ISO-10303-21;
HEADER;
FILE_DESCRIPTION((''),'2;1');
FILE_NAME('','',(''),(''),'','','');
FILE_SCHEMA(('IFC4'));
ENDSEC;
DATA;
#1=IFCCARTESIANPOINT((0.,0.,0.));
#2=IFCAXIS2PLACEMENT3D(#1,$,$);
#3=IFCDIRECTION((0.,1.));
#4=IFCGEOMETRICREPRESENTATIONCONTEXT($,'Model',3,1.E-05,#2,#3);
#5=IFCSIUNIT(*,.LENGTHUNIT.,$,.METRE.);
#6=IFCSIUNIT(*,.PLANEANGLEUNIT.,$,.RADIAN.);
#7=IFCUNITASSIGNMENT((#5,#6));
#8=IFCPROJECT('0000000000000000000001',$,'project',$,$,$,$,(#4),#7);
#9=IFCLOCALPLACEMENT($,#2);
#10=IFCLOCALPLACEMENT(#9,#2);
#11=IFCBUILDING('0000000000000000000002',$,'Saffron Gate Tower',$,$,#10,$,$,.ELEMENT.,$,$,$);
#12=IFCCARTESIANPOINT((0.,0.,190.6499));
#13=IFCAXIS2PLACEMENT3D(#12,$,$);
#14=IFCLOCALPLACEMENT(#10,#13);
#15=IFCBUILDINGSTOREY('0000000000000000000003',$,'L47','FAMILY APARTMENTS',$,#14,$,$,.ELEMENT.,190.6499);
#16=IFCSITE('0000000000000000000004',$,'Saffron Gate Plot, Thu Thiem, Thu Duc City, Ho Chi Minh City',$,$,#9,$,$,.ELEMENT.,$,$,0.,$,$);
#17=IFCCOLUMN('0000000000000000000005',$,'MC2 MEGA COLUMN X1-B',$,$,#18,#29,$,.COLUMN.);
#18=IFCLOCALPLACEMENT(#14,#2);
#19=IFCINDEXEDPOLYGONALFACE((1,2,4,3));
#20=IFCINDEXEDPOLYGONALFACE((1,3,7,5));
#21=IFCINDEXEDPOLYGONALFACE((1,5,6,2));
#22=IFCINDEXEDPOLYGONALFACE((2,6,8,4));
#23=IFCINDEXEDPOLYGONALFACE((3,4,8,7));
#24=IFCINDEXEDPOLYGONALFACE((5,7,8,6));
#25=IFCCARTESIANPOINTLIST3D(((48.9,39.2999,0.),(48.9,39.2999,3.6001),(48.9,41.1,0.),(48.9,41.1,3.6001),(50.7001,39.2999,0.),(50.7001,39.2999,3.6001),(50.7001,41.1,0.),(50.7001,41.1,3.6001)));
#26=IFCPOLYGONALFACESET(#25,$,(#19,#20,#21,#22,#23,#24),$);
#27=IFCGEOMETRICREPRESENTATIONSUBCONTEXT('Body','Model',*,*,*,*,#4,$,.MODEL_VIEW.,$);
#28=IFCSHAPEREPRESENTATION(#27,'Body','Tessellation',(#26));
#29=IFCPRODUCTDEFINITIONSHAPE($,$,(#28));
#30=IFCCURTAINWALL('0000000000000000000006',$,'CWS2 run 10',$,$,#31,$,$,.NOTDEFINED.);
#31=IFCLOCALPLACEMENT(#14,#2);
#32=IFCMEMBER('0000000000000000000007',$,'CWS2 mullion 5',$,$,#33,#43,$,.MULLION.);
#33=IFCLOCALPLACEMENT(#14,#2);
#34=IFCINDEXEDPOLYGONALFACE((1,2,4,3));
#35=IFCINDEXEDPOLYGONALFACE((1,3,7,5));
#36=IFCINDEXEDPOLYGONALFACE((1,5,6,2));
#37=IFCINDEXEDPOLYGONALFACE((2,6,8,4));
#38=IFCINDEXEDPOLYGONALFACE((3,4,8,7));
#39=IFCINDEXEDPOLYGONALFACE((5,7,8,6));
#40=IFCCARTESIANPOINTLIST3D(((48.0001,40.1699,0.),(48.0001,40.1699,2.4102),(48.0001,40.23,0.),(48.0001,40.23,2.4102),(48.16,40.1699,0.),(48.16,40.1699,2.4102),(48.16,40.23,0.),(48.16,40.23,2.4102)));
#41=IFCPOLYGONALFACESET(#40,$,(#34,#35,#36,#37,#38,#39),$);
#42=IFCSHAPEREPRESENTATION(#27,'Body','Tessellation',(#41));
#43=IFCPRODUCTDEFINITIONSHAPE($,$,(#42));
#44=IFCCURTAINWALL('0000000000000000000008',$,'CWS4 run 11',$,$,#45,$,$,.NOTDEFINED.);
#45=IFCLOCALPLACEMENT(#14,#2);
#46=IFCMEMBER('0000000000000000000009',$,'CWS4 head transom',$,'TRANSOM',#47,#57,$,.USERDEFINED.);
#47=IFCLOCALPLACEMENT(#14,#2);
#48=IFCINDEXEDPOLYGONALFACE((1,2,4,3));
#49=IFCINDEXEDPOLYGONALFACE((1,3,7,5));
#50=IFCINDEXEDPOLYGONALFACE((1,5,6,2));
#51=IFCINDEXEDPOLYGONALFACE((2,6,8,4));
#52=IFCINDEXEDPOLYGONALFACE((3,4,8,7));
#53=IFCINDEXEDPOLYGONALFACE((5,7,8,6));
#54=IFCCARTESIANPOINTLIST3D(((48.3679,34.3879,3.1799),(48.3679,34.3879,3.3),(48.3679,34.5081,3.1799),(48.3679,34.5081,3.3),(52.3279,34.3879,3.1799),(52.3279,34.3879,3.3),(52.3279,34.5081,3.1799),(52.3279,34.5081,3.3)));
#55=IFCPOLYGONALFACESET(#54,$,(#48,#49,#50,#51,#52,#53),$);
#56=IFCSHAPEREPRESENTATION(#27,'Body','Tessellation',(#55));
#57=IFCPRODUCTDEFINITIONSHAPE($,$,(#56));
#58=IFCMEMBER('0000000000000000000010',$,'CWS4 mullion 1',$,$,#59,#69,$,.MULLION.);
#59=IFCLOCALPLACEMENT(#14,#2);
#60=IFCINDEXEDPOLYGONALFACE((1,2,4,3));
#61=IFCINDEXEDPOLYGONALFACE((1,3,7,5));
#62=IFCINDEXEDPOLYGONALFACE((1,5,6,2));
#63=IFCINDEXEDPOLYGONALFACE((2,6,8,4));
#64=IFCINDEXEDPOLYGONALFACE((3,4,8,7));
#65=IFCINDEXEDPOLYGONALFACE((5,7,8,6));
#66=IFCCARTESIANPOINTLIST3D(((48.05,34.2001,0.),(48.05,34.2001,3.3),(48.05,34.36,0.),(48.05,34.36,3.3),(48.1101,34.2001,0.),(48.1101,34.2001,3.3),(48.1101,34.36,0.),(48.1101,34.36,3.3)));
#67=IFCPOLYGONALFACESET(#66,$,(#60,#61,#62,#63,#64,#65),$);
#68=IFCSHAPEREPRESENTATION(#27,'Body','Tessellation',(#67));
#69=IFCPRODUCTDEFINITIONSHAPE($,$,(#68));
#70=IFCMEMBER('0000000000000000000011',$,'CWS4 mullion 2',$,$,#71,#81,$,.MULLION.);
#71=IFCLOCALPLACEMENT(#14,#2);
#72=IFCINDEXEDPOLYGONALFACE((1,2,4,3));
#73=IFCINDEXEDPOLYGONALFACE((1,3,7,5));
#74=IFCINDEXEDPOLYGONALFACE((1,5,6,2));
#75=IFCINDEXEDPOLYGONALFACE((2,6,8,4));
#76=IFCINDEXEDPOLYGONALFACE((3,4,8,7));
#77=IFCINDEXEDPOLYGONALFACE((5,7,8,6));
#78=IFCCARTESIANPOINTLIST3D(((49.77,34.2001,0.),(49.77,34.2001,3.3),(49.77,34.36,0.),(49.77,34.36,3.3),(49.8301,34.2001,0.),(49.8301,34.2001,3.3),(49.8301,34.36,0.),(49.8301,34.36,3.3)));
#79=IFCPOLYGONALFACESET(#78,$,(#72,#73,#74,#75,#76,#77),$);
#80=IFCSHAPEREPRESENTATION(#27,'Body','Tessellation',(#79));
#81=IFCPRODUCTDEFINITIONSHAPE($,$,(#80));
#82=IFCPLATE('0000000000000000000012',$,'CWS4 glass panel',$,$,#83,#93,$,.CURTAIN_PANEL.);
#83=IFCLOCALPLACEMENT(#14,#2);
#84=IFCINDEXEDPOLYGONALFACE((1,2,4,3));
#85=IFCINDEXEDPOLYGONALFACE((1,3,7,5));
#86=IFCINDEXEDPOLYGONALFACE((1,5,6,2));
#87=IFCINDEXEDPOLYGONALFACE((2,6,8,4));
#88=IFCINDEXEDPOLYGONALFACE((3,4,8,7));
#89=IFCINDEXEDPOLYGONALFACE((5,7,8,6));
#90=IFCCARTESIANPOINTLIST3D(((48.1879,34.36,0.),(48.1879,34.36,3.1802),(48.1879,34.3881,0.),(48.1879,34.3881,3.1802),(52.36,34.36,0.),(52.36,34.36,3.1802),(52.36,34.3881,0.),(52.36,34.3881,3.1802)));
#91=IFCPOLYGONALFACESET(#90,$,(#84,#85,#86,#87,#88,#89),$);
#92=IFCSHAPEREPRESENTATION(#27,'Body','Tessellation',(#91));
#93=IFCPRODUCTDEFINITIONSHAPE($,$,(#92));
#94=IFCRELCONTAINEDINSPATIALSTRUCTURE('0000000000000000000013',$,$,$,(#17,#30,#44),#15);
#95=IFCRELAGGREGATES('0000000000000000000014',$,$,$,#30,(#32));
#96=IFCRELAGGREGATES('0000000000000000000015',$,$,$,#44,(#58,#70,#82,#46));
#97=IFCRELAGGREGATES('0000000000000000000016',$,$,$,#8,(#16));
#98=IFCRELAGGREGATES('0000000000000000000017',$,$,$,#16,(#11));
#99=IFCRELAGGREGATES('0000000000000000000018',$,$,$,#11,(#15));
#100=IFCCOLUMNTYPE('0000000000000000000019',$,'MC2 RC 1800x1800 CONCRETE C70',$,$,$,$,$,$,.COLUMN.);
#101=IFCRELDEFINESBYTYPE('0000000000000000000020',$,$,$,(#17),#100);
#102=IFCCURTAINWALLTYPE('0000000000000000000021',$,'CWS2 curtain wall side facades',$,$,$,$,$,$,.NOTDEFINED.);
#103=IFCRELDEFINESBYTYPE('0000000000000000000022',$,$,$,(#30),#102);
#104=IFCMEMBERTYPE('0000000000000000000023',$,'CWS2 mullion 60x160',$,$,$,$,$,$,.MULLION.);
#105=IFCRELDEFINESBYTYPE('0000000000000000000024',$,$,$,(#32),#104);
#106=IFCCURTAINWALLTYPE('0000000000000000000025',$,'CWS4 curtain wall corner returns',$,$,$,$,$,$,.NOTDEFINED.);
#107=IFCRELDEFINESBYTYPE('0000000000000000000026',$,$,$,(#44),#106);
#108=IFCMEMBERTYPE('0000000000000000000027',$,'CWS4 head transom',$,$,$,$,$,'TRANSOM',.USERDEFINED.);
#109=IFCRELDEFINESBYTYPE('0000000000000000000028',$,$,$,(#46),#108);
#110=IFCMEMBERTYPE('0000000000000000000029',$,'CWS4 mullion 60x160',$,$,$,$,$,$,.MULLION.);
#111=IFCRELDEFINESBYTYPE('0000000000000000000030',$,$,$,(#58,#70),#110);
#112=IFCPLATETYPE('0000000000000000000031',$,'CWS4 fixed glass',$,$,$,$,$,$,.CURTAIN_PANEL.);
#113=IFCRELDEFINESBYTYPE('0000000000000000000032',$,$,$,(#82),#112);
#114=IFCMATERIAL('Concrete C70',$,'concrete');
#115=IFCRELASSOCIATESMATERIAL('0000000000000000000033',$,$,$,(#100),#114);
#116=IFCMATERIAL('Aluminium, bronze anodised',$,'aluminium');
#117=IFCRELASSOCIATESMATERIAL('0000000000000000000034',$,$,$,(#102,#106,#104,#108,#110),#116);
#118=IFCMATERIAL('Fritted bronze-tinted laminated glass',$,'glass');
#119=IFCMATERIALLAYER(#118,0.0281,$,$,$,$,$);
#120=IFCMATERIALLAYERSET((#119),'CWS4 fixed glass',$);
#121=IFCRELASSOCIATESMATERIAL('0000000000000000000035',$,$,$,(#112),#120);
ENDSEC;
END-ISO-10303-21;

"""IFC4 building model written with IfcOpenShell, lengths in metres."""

from ifc_helpers import new_model, si_unit, direction, frame, frame_2d, origin, origin_2d, place, context, subcontext, project, spatial, rectangle, extrude, material, layer, layer_set, material_profile, profile_set, type_object, element, aggregate, save


model = new_model("IFC4")

# Units and contexts
model_context = context("Model", 3, precision=1e-05, world=origin(), true_north=direction((0.0, 1.0)))
body_context = subcontext(model_context, "Body", "Model", "MODEL_VIEW")
ifc_project = project(units=[si_unit("LENGTHUNIT", "METRE"), si_unit("PLANEANGLEUNIT", "RADIAN")], contexts=[model_context])

# Site, building, storey
site_placement = place(None, origin())
site = spatial("IfcSite", under=ifc_project, at=site_placement, Name="Saffron Gate Plot, Thu Thiem, Thu Duc City, Ho Chi Minh City", CompositionType="ELEMENT", RefElevation=0.0)
building_placement = place(site_placement, origin())
building = spatial("IfcBuilding", under=site, at=building_placement, Name="Saffron Gate Tower", CompositionType="ELEMENT")
storey_placement = place(building_placement, frame((0.0, 0.0, 190.6499)))
storey = spatial("IfcBuildingStorey", under=building, at=storey_placement, Name="L47", Description="FAMILY APARTMENTS", CompositionType="ELEMENT", Elevation=190.6499)

# Column
ifc_material_1 = material(Name="Concrete C70", Category="concrete")
ifc_material_profile_1 = material_profile(ifc_material_1, rectangle(XDim=1.8, YDim=1.8, at=origin_2d()))
ifc_profile_set_1 = profile_set([ifc_material_profile_1], Name="Concrete C70")
column_type = type_object("IfcColumnType", Name="MC2 RC 1800x1800 CONCRETE C70", PredefinedType="COLUMN", material=ifc_profile_set_1)
column_placement = place(storey_placement, frame((49.8, 40.2, 0.0), z_axis=(0.0, 0.0, 1.0), x_axis=(1.0, 0.0, 0.0)))
element("IfcColumn", 1, at=column_placement, inside=storey, type_object=column_type, Name="MC2 MEGA COLUMN X1-B", PredefinedType="COLUMN", context=body_context, shape_type="SweptSolid", body=[
    extrude(rectangle(XDim=1.8, YDim=1.8, at=origin_2d()), origin(), (0.0, 0.0, 1.0), 3.6001),
])

# Curtain wall, member
ifc_material_2 = material(Name="Aluminium, bronze anodised", Category="aluminium")
curtain_wall_type_1 = type_object("IfcCurtainWallType", Name="CWS2 curtain wall side facades", PredefinedType="NOTDEFINED", material=ifc_material_2)
curtain_wall_1_placement = place(storey_placement, origin())
curtain_wall_1 = element("IfcCurtainWall", 2, at=curtain_wall_1_placement, inside=storey, type_object=curtain_wall_type_1, Name="CWS2 run 10", PredefinedType="NOTDEFINED")
ifc_material_profile_2 = material_profile(ifc_material_2, rectangle(XDim=0.1599, YDim=0.0601, at=origin_2d()))
ifc_profile_set_2 = profile_set([ifc_material_profile_2], Name="Aluminium, bronze anodised")
member_type_1 = type_object("IfcMemberType", Name="CWS2 mullion 60x160", PredefinedType="MULLION", material=ifc_profile_set_2)
member_1_placement = place(storey_placement, frame((48.0801, 40.2, 0.0), z_axis=(0.0, 0.0, 1.0), x_axis=(1.0, 0.0, 0.0)))
member_1 = element("IfcMember", 3, at=member_1_placement, type_object=member_type_1, Name="CWS2 mullion 5", PredefinedType="MULLION", context=body_context, shape_type="SweptSolid", body=[
    extrude(rectangle(XDim=0.1599, YDim=0.0601, at=origin_2d()), origin(), (0.0, 0.0, 1.0), 2.4102),
])
aggregate(curtain_wall_1, [member_1])

# Curtain wall, members, plate
curtain_wall_type_2 = type_object("IfcCurtainWallType", Name="CWS4 curtain wall corner returns", PredefinedType="NOTDEFINED", material=ifc_material_2)
curtain_wall_2_placement = place(storey_placement, origin())
curtain_wall_2 = element("IfcCurtainWall", 4, at=curtain_wall_2_placement, inside=storey, type_object=curtain_wall_type_2, Name="CWS4 run 11", PredefinedType="NOTDEFINED")
ifc_material_profile_3 = material_profile(ifc_material_2, rectangle(XDim=0.1201, YDim=0.1201, at=origin_2d()))
ifc_profile_set_3 = profile_set([ifc_material_profile_3], Name="Aluminium, bronze anodised")
member_type_2 = type_object("IfcMemberType", Name="CWS4 head transom", ElementType="TRANSOM", PredefinedType="USERDEFINED", material=ifc_profile_set_3)
member_2_placement = place(storey_placement, frame((48.3679, 34.448, 3.24), z_axis=(1.0, 0.0, 0.0), x_axis=(0.0, 1.0, 0.0)))
member_2 = element("IfcMember", 5, at=member_2_placement, type_object=member_type_2, Name="CWS4 head transom", ObjectType="TRANSOM", PredefinedType="USERDEFINED", context=body_context, shape_type="SweptSolid", body=[
    extrude(rectangle(XDim=0.1201, YDim=0.1201, at=origin_2d()), origin(), (0.0, 0.0, 1.0), 3.96),
])
ifc_material_profile_4 = material_profile(ifc_material_2, rectangle(XDim=0.1599, YDim=0.0601, at=origin_2d()))
ifc_profile_set_4 = profile_set([ifc_material_profile_4], Name="Aluminium, bronze anodised")
member_type_3 = type_object("IfcMemberType", Name="CWS4 mullion 60x160", PredefinedType="MULLION", material=ifc_profile_set_4)
member_3_placement = place(storey_placement, frame((48.0801, 34.28, 0.0), z_axis=(0.0, 0.0, 1.0), x_axis=(0.0, 1.0, 0.0)))
member_3 = element("IfcMember", 6, at=member_3_placement, type_object=member_type_3, Name="CWS4 mullion 1", PredefinedType="MULLION", context=body_context, shape_type="SweptSolid", body=[
    extrude(rectangle(XDim=0.1599, YDim=0.0601, at=origin_2d()), origin(), (0.0, 0.0, 1.0), 3.3),
])
member_4_placement = place(storey_placement, frame((49.8, 34.28, 0.0), z_axis=(0.0, 0.0, 1.0), x_axis=(0.0, 1.0, 0.0)))
member_4 = element("IfcMember", 7, at=member_4_placement, type_object=member_type_3, Name="CWS4 mullion 2", PredefinedType="MULLION", context=body_context, shape_type="SweptSolid", body=[
    extrude(rectangle(XDim=0.1599, YDim=0.0601, at=origin_2d()), origin(), (0.0, 0.0, 1.0), 3.3),
])
ifc_material_3 = material(Name="Fritted bronze-tinted laminated glass", Category="glass")
ifc_layer_1 = layer(ifc_material_3, 0.0281)
ifc_layer_set_1 = layer_set([ifc_layer_1], Name="CWS4 fixed glass")
plate_type = type_object("IfcPlateType", Name="CWS4 fixed glass", PredefinedType="CURTAIN_PANEL", material=ifc_layer_set_1)
plate_placement = place(storey_placement, frame((48.188, 34.374, 0.0), z_axis=(0.0, 0.0, 1.0), x_axis=(1.0, 0.0, 0.0)))
plate = element("IfcPlate", 8, at=plate_placement, type_object=plate_type, Name="CWS4 glass panel", PredefinedType="CURTAIN_PANEL", context=body_context, shape_type="SweptSolid", body=[
    extrude(rectangle(XDim=4.1721, YDim=0.0281, at=frame_2d((2.0859, 0.0))), origin(), (0.0, 0.0, 1.0), 3.1802),
])
aggregate(curtain_wall_2, [member_3, member_4, plate, member_2])

save(model, "model.ifc")
